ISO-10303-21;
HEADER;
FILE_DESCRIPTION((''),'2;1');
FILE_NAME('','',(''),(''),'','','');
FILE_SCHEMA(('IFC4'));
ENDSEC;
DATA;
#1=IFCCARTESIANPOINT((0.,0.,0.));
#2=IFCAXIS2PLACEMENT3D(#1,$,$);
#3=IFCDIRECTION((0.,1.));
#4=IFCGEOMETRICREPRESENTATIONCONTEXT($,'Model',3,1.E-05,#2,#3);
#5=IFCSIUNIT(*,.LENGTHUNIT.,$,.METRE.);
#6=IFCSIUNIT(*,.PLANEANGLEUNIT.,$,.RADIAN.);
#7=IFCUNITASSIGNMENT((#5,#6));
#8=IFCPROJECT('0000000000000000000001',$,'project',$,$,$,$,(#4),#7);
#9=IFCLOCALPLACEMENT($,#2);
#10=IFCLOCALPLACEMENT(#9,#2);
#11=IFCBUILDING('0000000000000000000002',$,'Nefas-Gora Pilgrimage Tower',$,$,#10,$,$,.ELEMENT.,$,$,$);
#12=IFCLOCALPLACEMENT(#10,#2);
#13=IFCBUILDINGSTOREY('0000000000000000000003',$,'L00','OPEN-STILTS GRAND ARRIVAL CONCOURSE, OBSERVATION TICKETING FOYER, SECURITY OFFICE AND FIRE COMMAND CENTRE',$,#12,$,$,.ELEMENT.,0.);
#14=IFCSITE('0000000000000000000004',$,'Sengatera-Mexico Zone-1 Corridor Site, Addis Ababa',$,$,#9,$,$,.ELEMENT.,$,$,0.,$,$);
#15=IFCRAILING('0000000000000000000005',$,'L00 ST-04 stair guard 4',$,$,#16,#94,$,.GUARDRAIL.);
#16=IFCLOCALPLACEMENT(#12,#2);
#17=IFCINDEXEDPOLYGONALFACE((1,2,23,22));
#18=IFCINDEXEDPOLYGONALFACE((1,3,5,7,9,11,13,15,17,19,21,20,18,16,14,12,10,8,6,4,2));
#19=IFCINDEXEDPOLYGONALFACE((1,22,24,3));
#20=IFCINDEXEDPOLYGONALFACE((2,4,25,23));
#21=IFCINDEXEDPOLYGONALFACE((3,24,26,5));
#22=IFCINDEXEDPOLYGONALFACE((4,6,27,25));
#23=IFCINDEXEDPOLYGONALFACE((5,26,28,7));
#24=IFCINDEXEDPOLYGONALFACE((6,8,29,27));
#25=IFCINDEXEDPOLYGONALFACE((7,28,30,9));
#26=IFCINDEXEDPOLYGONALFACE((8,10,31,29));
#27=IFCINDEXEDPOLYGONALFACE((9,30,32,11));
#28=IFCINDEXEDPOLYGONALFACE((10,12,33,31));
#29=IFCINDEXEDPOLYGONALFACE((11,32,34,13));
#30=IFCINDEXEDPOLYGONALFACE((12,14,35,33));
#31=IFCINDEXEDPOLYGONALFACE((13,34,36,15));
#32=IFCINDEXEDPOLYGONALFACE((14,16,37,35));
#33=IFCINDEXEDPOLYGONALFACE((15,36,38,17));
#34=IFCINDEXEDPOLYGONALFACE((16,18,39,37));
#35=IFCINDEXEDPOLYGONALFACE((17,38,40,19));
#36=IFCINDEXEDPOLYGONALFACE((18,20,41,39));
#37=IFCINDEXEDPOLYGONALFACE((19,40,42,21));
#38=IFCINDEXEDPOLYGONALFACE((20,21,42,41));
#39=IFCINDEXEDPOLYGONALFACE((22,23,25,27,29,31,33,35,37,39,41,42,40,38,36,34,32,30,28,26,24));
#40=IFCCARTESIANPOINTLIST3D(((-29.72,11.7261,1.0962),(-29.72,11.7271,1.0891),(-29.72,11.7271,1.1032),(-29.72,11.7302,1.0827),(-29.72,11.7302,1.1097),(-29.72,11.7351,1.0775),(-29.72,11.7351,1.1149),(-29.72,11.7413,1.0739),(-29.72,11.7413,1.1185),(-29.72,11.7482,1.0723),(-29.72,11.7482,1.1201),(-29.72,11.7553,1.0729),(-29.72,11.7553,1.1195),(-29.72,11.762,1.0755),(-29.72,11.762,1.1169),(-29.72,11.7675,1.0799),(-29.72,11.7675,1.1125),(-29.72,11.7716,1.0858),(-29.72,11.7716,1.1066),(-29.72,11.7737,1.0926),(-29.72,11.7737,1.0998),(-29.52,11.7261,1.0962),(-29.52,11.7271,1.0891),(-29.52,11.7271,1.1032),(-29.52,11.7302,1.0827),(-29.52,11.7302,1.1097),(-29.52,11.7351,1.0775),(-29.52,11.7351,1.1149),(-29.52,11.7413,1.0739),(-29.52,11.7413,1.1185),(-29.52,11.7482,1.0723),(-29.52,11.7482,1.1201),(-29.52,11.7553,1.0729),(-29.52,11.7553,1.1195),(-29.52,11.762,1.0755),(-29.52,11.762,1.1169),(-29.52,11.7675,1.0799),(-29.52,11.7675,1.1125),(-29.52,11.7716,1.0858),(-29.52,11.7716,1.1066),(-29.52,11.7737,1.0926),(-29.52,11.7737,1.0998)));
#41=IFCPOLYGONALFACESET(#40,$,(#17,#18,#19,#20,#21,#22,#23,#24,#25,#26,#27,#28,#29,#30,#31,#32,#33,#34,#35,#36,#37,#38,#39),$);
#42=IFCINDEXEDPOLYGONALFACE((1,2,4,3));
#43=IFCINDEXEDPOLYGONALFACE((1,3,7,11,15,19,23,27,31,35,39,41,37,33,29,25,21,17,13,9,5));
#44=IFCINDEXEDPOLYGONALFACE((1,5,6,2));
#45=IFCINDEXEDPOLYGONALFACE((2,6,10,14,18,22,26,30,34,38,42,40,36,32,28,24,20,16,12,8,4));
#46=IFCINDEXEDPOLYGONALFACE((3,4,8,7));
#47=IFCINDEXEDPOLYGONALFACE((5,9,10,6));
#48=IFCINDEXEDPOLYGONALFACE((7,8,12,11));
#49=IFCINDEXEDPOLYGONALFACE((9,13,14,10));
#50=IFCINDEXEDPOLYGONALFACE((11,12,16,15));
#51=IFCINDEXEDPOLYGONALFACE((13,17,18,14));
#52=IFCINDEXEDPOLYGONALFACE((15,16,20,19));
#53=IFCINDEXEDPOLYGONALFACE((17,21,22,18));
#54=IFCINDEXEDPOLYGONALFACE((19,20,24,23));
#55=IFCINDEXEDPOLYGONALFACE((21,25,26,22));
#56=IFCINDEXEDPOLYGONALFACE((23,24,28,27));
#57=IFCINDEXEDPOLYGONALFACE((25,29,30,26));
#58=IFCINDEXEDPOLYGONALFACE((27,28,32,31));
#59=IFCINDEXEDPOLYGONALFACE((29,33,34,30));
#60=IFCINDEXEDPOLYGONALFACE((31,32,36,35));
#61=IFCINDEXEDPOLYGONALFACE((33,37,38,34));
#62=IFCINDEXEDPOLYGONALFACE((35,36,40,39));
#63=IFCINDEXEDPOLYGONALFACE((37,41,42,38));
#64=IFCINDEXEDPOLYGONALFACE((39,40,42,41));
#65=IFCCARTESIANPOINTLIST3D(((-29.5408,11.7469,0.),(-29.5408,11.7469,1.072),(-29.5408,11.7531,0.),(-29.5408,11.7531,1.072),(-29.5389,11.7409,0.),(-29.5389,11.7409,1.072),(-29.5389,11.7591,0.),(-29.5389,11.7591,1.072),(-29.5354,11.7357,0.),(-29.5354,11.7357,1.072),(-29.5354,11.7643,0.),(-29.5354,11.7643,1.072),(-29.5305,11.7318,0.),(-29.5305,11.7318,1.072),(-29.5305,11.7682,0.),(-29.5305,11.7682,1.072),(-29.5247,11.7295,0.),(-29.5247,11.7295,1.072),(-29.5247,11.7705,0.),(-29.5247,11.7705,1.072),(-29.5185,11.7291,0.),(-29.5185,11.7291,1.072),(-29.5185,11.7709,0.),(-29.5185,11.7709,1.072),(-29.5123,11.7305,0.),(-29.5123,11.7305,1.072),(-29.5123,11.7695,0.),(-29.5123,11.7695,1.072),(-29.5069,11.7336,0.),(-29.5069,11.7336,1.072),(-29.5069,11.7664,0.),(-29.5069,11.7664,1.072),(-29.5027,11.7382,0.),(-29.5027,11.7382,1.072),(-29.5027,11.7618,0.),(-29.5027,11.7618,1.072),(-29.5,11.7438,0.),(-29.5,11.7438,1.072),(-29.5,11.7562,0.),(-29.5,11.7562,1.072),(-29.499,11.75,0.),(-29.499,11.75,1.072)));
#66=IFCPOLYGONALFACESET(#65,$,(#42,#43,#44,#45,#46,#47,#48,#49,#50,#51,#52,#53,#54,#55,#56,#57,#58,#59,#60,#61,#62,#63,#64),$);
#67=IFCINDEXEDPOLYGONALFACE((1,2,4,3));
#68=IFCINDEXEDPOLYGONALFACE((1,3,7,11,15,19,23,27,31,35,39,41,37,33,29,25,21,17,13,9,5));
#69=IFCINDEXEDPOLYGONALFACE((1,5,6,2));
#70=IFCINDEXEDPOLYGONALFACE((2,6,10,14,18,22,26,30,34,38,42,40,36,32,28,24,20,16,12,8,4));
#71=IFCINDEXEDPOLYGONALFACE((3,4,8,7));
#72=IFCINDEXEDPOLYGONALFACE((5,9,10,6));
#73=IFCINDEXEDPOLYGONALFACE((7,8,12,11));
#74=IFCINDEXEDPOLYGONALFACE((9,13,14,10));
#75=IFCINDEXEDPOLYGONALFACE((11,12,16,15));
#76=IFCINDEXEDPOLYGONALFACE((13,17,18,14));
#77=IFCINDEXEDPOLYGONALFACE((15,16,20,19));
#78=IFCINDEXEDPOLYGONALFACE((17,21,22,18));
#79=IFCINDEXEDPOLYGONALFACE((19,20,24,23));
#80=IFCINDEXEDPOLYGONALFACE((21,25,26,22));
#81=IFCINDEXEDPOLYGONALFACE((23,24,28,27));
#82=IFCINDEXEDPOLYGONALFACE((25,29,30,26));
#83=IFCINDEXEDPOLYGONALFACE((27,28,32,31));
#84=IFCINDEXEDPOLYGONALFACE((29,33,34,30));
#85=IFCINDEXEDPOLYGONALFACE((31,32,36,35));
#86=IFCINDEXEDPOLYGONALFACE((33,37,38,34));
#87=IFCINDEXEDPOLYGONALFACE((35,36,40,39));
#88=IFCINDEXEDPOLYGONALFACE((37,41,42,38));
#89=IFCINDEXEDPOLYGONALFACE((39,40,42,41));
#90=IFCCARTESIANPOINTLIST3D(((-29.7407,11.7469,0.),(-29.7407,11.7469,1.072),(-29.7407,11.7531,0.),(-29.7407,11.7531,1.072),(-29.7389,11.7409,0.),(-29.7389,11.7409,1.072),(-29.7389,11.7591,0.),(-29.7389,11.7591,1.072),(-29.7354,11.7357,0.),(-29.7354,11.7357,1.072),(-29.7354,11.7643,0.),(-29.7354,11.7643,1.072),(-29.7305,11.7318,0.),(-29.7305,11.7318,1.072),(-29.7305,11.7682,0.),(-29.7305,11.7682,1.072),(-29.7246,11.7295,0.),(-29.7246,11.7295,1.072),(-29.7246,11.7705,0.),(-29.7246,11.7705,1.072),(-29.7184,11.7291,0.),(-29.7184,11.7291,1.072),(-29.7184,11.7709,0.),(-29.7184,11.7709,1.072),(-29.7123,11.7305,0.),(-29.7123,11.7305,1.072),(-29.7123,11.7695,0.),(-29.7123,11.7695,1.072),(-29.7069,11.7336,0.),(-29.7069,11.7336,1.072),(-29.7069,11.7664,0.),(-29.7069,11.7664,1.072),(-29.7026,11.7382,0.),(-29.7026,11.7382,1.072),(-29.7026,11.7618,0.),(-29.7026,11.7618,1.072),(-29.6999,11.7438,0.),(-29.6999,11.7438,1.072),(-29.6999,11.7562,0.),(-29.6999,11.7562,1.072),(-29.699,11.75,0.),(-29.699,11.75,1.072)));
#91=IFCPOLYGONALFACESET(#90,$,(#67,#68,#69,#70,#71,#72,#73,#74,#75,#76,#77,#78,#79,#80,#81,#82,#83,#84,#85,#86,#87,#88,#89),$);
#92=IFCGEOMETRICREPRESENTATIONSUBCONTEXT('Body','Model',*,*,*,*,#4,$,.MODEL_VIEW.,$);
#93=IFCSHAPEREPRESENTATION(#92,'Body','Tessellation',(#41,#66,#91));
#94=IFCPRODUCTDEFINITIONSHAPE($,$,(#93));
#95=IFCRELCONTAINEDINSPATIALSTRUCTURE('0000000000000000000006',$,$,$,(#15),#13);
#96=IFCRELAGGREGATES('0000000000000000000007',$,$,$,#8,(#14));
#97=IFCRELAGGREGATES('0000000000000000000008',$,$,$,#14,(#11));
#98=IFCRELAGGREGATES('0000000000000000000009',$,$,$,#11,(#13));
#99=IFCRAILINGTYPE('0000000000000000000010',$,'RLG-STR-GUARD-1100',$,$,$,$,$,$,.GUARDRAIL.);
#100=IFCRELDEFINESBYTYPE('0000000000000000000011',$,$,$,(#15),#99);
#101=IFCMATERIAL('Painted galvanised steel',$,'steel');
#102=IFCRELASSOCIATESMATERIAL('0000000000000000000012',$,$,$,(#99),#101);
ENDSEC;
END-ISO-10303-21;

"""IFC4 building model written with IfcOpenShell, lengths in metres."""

from ifc_helpers import new_model, si_unit, direction, frame, origin, origin_2d, place, context, subcontext, project, spatial, circle, extrude, material, type_object, element, save


model = new_model("IFC4")

# Units and contexts
model_context = context("Model", 3, precision=1e-05, world=origin(), true_north=direction((0.0, 1.0)))
body_context = subcontext(model_context, "Body", "Model", "MODEL_VIEW")
ifc_project = project(units=[si_unit("LENGTHUNIT", "METRE"), si_unit("PLANEANGLEUNIT", "RADIAN")], contexts=[model_context])

# Site, building, storey
site_placement = place(None, origin())
site = spatial("IfcSite", under=ifc_project, at=site_placement, Name="Sengatera-Mexico Zone-1 Corridor Site, Addis Ababa", CompositionType="ELEMENT", RefElevation=0.0)
building_placement = place(site_placement, origin())
building = spatial("IfcBuilding", under=site, at=building_placement, Name="Nefas-Gora Pilgrimage Tower", CompositionType="ELEMENT")
storey_placement = place(building_placement, origin())
storey = spatial("IfcBuildingStorey", under=building, at=storey_placement, Name="L00", Description="OPEN-STILTS GRAND ARRIVAL CONCOURSE, OBSERVATION TICKETING FOYER, SECURITY OFFICE AND FIRE COMMAND CENTRE", CompositionType="ELEMENT", Elevation=0.0)

# Railing
ifc_material_1 = material(Name="Painted galvanised steel", Category="steel")
railing_type_1 = type_object("IfcRailingType", Name="RLG-STR-GUARD-1100", PredefinedType="GUARDRAIL", material=ifc_material_1)
railing_1_placement = place(storey_placement, frame((-29.52, 11.75, 0.0)))
element("IfcRailing", 1, at=railing_1_placement, inside=storey, type_object=railing_type_1, Name="L00 ST-04 stair guard 4", PredefinedType="GUARDRAIL", context=body_context, shape_type="SweptSolid", body=[
    extrude(circle(Radius=0.0239, at=origin_2d()), frame((0.0, 0.0, 1.0962), z_axis=(-1.0, 0.0, 0.0), x_axis=(0.0, -1.0, 0.0)), (0.0, 0.0, 1.0), 0.2),
    extrude(circle(Radius=0.021, at=origin_2d()), origin(), (0.0, 0.0, 1.0), 1.072),
    extrude(circle(Radius=0.021, at=origin_2d()), frame((-0.2, 0.0, 0.0)), (0.0, 0.0, 1.0), 1.072),
])

save(model, "model.ifc")
